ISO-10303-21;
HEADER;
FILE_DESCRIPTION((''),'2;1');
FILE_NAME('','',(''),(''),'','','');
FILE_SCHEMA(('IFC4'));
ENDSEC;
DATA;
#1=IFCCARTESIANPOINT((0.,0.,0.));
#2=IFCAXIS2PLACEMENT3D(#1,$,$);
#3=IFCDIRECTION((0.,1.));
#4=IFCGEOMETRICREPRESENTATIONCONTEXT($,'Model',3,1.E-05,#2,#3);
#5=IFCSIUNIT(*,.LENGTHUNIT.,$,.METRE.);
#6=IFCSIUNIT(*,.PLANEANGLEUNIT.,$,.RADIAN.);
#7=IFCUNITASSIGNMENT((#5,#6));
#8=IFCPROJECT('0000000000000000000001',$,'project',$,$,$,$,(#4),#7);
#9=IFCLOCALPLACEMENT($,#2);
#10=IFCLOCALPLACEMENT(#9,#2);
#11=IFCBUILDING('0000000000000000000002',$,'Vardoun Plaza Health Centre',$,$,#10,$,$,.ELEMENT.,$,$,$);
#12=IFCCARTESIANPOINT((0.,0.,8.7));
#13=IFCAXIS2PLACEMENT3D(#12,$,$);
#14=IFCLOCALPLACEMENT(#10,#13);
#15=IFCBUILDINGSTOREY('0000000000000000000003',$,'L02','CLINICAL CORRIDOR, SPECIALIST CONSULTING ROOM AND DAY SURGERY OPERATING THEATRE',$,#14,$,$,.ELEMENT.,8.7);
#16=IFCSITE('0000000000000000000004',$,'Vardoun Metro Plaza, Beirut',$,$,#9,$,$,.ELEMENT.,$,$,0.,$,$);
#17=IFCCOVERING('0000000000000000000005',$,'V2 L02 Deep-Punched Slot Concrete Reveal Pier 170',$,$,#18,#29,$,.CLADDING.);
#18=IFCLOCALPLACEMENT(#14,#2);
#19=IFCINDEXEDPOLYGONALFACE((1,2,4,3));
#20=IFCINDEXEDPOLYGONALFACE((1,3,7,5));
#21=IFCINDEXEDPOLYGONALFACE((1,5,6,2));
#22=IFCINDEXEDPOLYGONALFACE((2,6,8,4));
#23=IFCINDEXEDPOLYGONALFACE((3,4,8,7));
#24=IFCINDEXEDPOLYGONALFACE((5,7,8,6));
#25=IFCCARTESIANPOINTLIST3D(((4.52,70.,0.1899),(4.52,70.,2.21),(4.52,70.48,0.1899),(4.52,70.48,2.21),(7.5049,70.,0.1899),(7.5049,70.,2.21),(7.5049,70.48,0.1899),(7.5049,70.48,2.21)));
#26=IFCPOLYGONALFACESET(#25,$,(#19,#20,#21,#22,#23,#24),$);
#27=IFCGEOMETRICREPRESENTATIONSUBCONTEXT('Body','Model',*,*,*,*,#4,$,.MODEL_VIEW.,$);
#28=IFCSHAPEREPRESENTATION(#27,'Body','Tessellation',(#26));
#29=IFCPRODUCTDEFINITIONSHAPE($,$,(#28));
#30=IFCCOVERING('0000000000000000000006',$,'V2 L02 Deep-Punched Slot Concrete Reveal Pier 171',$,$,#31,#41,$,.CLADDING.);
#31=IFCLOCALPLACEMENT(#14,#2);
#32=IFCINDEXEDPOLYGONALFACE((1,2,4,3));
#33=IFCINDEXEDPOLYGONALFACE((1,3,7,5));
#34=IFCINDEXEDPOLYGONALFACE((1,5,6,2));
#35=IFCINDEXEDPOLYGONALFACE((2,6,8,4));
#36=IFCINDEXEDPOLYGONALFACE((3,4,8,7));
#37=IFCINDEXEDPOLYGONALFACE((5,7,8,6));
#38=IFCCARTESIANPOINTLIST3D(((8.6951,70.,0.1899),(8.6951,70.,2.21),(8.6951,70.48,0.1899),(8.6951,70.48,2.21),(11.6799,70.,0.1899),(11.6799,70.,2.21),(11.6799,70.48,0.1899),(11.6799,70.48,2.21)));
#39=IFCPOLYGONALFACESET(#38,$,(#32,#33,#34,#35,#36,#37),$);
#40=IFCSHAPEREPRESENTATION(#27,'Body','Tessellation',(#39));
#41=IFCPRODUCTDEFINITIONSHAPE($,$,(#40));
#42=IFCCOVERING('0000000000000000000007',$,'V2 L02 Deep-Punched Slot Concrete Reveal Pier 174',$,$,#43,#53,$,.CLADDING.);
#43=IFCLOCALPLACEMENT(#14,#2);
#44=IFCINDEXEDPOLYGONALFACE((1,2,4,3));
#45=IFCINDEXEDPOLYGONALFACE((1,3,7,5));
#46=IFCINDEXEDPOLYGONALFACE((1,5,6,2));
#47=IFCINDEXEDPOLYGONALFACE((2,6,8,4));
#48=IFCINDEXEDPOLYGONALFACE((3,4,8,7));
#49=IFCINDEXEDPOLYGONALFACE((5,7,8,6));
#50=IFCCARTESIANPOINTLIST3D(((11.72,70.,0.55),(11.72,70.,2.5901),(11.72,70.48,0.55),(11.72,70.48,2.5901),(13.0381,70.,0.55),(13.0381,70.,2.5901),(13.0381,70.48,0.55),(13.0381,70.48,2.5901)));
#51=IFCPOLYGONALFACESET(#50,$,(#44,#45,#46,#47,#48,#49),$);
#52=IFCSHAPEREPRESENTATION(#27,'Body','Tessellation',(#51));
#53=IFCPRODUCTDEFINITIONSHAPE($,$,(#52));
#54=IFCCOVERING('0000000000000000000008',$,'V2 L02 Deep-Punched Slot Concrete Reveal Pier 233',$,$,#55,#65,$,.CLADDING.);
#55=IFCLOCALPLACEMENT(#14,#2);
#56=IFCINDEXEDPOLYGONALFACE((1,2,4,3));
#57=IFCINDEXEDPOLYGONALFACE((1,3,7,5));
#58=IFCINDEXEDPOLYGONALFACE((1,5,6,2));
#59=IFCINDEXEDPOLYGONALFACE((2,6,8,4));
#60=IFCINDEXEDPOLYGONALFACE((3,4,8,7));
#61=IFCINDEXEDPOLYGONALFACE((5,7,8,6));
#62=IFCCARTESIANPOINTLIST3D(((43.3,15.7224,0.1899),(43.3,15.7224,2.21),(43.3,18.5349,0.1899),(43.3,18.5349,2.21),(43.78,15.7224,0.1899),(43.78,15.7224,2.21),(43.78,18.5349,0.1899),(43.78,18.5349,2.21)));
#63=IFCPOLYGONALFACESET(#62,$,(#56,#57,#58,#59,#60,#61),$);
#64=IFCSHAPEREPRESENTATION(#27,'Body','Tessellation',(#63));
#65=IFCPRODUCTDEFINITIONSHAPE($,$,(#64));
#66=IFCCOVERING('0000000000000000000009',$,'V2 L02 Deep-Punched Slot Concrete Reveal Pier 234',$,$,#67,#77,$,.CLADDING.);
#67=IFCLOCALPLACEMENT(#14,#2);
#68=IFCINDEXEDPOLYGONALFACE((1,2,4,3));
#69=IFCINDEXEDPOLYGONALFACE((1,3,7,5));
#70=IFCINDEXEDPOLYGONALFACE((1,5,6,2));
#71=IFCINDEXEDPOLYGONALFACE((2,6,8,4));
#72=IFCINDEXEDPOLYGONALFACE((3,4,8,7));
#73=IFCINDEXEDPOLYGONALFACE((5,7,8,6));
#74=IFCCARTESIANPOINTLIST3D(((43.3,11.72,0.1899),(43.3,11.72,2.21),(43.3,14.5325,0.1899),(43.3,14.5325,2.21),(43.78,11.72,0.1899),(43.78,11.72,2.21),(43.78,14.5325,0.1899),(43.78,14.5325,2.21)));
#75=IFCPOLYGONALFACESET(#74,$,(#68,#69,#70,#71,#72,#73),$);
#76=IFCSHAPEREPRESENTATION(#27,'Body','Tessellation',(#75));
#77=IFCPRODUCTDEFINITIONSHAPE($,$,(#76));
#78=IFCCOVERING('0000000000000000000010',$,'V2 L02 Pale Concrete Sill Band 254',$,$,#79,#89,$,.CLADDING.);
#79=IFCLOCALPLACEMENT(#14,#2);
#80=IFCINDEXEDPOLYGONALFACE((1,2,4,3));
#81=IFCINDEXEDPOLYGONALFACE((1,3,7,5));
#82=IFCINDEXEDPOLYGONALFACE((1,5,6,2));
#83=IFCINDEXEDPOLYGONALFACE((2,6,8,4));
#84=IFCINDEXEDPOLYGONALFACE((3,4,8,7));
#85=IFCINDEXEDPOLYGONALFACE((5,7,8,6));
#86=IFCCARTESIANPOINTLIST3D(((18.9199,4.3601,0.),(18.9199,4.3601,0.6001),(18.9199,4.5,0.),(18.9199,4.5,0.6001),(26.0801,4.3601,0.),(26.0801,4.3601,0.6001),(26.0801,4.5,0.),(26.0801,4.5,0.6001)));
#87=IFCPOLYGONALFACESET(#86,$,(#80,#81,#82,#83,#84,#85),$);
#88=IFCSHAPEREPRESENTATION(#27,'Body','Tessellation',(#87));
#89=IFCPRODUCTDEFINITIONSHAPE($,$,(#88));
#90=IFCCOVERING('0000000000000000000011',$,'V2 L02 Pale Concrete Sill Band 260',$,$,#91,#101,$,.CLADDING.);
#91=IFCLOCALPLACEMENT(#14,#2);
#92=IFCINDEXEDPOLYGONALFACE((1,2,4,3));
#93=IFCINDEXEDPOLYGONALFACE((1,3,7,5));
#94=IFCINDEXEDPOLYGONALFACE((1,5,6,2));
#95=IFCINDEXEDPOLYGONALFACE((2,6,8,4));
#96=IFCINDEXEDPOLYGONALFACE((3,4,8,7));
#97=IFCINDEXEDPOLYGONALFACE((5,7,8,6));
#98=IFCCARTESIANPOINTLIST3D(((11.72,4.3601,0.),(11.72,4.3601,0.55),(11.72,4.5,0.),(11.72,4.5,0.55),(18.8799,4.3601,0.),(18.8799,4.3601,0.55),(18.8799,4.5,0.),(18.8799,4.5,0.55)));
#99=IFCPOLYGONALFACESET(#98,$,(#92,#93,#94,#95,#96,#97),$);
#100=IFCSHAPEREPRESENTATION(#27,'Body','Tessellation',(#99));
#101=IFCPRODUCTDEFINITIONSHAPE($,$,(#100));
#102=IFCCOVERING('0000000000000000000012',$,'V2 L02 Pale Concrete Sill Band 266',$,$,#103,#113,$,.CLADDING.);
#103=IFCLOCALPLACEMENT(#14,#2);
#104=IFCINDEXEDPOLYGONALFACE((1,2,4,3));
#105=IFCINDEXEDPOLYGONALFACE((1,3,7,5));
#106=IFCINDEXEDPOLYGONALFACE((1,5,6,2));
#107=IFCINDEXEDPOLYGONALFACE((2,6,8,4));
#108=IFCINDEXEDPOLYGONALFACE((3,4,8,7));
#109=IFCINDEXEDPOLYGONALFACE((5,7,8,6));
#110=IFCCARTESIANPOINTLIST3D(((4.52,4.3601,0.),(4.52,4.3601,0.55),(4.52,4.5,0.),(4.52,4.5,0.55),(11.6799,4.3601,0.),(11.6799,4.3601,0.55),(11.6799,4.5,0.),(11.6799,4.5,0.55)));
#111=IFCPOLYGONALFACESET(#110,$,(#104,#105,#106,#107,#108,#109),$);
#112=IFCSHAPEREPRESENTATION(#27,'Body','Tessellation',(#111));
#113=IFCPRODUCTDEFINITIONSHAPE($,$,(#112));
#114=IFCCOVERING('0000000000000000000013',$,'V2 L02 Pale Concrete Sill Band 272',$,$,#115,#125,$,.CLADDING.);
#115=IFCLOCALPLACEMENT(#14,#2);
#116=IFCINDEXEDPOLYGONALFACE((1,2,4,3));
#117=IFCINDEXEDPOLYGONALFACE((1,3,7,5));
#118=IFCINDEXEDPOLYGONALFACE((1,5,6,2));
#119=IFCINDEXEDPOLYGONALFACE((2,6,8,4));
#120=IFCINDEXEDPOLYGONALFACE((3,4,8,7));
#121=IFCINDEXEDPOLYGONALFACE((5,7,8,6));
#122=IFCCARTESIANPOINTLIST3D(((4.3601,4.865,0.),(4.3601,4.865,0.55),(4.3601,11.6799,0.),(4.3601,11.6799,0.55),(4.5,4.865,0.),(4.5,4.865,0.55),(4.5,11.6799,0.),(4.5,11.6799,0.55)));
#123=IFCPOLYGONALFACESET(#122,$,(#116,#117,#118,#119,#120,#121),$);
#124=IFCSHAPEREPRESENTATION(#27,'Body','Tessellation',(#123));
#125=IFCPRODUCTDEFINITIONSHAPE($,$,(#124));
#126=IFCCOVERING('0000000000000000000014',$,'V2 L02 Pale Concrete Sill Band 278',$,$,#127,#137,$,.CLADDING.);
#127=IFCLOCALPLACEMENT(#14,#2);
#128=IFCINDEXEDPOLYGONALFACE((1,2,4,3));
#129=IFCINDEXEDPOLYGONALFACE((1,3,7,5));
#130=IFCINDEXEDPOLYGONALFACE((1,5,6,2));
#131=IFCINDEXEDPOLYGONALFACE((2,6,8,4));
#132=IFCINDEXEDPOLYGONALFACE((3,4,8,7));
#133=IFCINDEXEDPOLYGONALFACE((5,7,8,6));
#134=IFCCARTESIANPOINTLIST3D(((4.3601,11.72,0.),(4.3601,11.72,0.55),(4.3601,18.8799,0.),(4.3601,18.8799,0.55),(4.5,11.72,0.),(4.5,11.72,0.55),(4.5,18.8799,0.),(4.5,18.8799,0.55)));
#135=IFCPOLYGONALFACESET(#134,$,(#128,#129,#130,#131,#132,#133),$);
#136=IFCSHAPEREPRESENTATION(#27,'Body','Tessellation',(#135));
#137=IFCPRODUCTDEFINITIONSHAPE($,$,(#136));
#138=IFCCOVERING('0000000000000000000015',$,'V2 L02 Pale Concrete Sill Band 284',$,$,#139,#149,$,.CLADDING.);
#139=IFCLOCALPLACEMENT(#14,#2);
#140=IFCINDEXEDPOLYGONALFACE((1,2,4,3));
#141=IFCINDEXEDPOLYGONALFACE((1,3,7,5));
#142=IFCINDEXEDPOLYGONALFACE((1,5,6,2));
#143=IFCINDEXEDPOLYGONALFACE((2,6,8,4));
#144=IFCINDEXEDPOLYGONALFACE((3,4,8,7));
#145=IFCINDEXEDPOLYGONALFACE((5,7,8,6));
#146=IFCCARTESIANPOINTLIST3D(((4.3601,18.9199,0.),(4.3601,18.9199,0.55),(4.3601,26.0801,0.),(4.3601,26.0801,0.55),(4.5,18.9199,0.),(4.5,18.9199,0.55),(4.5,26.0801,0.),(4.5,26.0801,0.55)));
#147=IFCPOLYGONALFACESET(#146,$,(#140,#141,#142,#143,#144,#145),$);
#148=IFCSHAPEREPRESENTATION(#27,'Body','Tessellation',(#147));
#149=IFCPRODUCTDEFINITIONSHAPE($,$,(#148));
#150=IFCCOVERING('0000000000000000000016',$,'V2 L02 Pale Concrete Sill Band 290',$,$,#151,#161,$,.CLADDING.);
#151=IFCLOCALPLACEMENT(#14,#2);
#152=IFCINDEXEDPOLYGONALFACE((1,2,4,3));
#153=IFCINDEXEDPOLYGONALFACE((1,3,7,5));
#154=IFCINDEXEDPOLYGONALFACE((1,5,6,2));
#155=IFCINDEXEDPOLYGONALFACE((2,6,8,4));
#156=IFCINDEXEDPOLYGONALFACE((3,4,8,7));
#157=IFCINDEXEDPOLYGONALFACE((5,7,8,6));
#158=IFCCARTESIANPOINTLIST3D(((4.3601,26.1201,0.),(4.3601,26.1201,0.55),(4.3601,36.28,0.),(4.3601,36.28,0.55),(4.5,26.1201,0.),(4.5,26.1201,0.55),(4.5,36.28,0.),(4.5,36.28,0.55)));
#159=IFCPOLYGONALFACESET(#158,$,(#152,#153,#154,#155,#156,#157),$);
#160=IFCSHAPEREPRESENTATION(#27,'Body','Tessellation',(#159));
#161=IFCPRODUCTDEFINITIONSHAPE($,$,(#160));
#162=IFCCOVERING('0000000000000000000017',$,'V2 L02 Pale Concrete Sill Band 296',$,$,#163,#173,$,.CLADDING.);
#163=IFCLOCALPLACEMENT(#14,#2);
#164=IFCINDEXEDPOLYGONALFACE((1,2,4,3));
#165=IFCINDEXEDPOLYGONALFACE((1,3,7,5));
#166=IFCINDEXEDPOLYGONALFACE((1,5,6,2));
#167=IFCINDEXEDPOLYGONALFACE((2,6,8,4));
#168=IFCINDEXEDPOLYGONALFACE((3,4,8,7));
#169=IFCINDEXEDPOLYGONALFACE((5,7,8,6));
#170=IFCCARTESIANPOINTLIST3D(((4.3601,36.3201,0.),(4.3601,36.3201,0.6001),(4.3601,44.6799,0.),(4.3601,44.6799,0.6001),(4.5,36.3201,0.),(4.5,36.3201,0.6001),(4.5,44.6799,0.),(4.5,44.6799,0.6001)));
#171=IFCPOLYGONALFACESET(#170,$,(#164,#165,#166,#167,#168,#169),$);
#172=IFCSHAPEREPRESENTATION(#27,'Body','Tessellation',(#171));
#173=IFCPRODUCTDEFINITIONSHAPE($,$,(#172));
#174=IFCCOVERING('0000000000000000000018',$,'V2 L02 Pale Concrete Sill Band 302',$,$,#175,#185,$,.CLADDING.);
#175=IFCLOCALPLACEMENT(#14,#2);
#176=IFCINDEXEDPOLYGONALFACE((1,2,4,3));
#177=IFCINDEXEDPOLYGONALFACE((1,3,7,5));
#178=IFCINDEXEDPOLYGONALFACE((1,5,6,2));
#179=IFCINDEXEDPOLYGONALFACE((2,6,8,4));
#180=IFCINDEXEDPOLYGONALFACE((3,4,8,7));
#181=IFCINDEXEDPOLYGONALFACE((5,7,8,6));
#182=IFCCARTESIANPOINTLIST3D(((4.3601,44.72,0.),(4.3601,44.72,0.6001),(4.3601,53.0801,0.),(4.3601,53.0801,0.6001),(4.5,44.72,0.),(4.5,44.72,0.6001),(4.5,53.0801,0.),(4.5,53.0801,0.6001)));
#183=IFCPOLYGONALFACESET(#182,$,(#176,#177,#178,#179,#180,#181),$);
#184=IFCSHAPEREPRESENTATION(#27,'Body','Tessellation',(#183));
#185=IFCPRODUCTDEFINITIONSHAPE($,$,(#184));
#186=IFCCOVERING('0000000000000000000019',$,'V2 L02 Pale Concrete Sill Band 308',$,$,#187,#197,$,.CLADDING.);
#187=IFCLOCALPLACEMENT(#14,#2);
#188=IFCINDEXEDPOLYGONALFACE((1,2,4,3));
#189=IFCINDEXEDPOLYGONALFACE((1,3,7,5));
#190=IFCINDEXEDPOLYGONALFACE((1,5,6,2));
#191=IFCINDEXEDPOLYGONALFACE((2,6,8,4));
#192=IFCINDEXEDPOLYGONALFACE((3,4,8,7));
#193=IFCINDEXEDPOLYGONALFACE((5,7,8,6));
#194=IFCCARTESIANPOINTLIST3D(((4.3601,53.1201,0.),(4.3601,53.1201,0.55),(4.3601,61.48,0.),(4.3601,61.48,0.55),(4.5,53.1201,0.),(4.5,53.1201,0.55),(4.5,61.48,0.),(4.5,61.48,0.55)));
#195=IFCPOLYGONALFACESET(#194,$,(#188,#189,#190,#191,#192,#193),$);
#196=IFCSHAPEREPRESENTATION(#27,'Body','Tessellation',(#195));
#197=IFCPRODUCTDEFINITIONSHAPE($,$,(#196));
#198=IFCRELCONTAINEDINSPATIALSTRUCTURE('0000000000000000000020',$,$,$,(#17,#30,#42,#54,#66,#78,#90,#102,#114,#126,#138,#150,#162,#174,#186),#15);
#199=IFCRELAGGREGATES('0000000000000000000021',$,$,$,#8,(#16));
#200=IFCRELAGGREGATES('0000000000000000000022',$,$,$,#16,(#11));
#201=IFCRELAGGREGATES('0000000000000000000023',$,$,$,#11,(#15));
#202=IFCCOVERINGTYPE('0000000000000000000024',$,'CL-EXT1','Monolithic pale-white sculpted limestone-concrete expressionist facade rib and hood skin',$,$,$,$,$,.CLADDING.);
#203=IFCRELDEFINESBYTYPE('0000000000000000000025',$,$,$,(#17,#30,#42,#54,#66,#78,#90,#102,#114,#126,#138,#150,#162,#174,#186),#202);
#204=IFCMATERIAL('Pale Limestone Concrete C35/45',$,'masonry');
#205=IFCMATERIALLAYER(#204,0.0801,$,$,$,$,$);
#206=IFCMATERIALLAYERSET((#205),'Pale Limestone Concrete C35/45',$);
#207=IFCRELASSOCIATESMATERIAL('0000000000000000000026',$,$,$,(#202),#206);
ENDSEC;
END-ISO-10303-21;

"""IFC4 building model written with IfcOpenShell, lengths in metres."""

from ifc_helpers import new_model, si_unit, direction, frame, origin, place, context, subcontext, project, spatial, polyline, outline, extrude, material, layer, layer_set, type_object, element, save


model = new_model("IFC4")

# Units and contexts
model_context = context("Model", 3, precision=1e-05, world=origin(), true_north=direction((0.0, 1.0)))
body_context = subcontext(model_context, "Body", "Model", "MODEL_VIEW")
ifc_project = project(units=[si_unit("LENGTHUNIT", "METRE"), si_unit("PLANEANGLEUNIT", "RADIAN")], contexts=[model_context])

# Site, building, storey
site_placement = place(None, origin())
site = spatial("IfcSite", under=ifc_project, at=site_placement, Name="Vardoun Metro Plaza, Beirut", CompositionType="ELEMENT", RefElevation=0.0)
building_placement = place(site_placement, origin())
building = spatial("IfcBuilding", under=site, at=building_placement, Name="Vardoun Plaza Health Centre", CompositionType="ELEMENT")
storey_placement = place(building_placement, frame((0.0, 0.0, 8.7)))
storey = spatial("IfcBuildingStorey", under=building, at=storey_placement, Name="L02", Description="CLINICAL CORRIDOR, SPECIALIST CONSULTING ROOM AND DAY SURGERY OPERATING THEATRE", CompositionType="ELEMENT", Elevation=8.7)

# Coverings
ifc_material_1 = material(Name="Pale Limestone Concrete C35/45", Category="masonry")
ifc_layer_1 = layer(ifc_material_1, 0.0801)
ifc_layer_set_1 = layer_set([ifc_layer_1], Name="Pale Limestone Concrete C35/45")
covering_type_1 = type_object("IfcCoveringType", Name="CL-EXT1", Description="Monolithic pale-white sculpted limestone-concrete expressionist facade rib and hood skin", PredefinedType="CLADDING", material=ifc_layer_set_1)
covering_1_placement = place(storey_placement, frame((0.0, 0.0, 0.1899)))
element("IfcCovering", 1, at=covering_1_placement, inside=storey, type_object=covering_type_1, Name="V2 L02 Deep-Punched Slot Concrete Reveal Pier 170", PredefinedType="CLADDING", context=body_context, shape_type="SweptSolid", body=[
    extrude(outline(polyline([(4.52, 70.0), (7.5049, 70.0), (7.5049, 70.48), (4.52, 70.48), (4.52, 70.0)])), origin(), (0.0, 0.0, 1.0), 2.02),
])
covering_2_placement = place(storey_placement, frame((0.0, 0.0, 0.1899)))
element("IfcCovering", 2, at=covering_2_placement, inside=storey, type_object=covering_type_1, Name="V2 L02 Deep-Punched Slot Concrete Reveal Pier 171", PredefinedType="CLADDING", context=body_context, shape_type="SweptSolid", body=[
    extrude(outline(polyline([(8.6951, 70.0), (11.6799, 70.0), (11.6799, 70.48), (8.6951, 70.48), (8.6951, 70.0)])), origin(), (0.0, 0.0, 1.0), 2.02),
])
covering_3_placement = place(storey_placement, frame((0.0, 0.0, 0.55)))
element("IfcCovering", 3, at=covering_3_placement, inside=storey, type_object=covering_type_1, Name="V2 L02 Deep-Punched Slot Concrete Reveal Pier 174", PredefinedType="CLADDING", context=body_context, shape_type="SweptSolid", body=[
    extrude(outline(polyline([(11.72, 70.0), (13.0381, 70.0), (13.0381, 70.48), (11.72, 70.48), (11.72, 70.0)])), origin(), (0.0, 0.0, 1.0), 2.04),
])
covering_4_placement = place(storey_placement, frame((0.0, 0.0, 0.1899)))
element("IfcCovering", 4, at=covering_4_placement, inside=storey, type_object=covering_type_1, Name="V2 L02 Deep-Punched Slot Concrete Reveal Pier 233", PredefinedType="CLADDING", context=body_context, shape_type="SweptSolid", body=[
    extrude(outline(polyline([(43.3, 18.5349), (43.3, 15.7224), (43.78, 15.7224), (43.78, 18.5349), (43.3, 18.5349)])), origin(), (0.0, 0.0, 1.0), 2.02),
])
covering_5_placement = place(storey_placement, frame((0.0, 0.0, 0.1899)))
element("IfcCovering", 5, at=covering_5_placement, inside=storey, type_object=covering_type_1, Name="V2 L02 Deep-Punched Slot Concrete Reveal Pier 234", PredefinedType="CLADDING", context=body_context, shape_type="SweptSolid", body=[
    extrude(outline(polyline([(43.3, 14.5325), (43.3, 11.72), (43.78, 11.72), (43.78, 14.5325), (43.3, 14.5325)])), origin(), (0.0, 0.0, 1.0), 2.02),
])
covering_6_placement = place(storey_placement, origin())
element("IfcCovering", 6, at=covering_6_placement, inside=storey, type_object=covering_type_1, Name="V2 L02 Pale Concrete Sill Band 254", PredefinedType="CLADDING", context=body_context, shape_type="SweptSolid", body=[
    extrude(outline(polyline([(26.0801, 4.5), (18.9199, 4.5), (18.9199, 4.3601), (26.0801, 4.3601), (26.0801, 4.5)])), origin(), (0.0, 0.0, 1.0), 0.6001),
])
covering_7_placement = place(storey_placement, origin())
element("IfcCovering", 7, at=covering_7_placement, inside=storey, type_object=covering_type_1, Name="V2 L02 Pale Concrete Sill Band 260", PredefinedType="CLADDING", context=body_context, shape_type="SweptSolid", body=[
    extrude(outline(polyline([(18.8799, 4.5), (11.72, 4.5), (11.72, 4.3601), (18.8799, 4.3601), (18.8799, 4.5)])), origin(), (0.0, 0.0, 1.0), 0.55),
])
covering_8_placement = place(storey_placement, origin())
element("IfcCovering", 8, at=covering_8_placement, inside=storey, type_object=covering_type_1, Name="V2 L02 Pale Concrete Sill Band 266", PredefinedType="CLADDING", context=body_context, shape_type="SweptSolid", body=[
    extrude(outline(polyline([(11.6799, 4.5), (4.52, 4.5), (4.52, 4.3601), (11.6799, 4.3601), (11.6799, 4.5)])), origin(), (0.0, 0.0, 1.0), 0.55),
])
covering_9_placement = place(storey_placement, origin())
element("IfcCovering", 9, at=covering_9_placement, inside=storey, type_object=covering_type_1, Name="V2 L02 Pale Concrete Sill Band 272", PredefinedType="CLADDING", context=body_context, shape_type="SweptSolid", body=[
    extrude(outline(polyline([(4.5, 4.865), (4.5, 11.6799), (4.3601, 11.6799), (4.3601, 4.865), (4.5, 4.865)])), origin(), (0.0, 0.0, 1.0), 0.55),
])
covering_10_placement = place(storey_placement, origin())
element("IfcCovering", 10, at=covering_10_placement, inside=storey, type_object=covering_type_1, Name="V2 L02 Pale Concrete Sill Band 278", PredefinedType="CLADDING", context=body_context, shape_type="SweptSolid", body=[
    extrude(outline(polyline([(4.5, 11.72), (4.5, 18.8799), (4.3601, 18.8799), (4.3601, 11.72), (4.5, 11.72)])), origin(), (0.0, 0.0, 1.0), 0.55),
])
covering_11_placement = place(storey_placement, origin())
element("IfcCovering", 11, at=covering_11_placement, inside=storey, type_object=covering_type_1, Name="V2 L02 Pale Concrete Sill Band 284", PredefinedType="CLADDING", context=body_context, shape_type="SweptSolid", body=[
    extrude(outline(polyline([(4.5, 18.9199), (4.5, 26.0801), (4.3601, 26.0801), (4.3601, 18.9199), (4.5, 18.9199)])), origin(), (0.0, 0.0, 1.0), 0.55),
])
covering_12_placement = place(storey_placement, origin())
element("IfcCovering", 12, at=covering_12_placement, inside=storey, type_object=covering_type_1, Name="V2 L02 Pale Concrete Sill Band 290", PredefinedType="CLADDING", context=body_context, shape_type="SweptSolid", body=[
    extrude(outline(polyline([(4.5, 26.1201), (4.5, 36.28), (4.3601, 36.28), (4.3601, 26.1201), (4.5, 26.1201)])), origin(), (0.0, 0.0, 1.0), 0.55),
])
covering_13_placement = place(storey_placement, origin())
element("IfcCovering", 13, at=covering_13_placement, inside=storey, type_object=covering_type_1, Name="V2 L02 Pale Concrete Sill Band 296", PredefinedType="CLADDING", context=body_context, shape_type="SweptSolid", body=[
    extrude(outline(polyline([(4.5, 36.3201), (4.5, 44.6799), (4.3601, 44.6799), (4.3601, 36.3201), (4.5, 36.3201)])), origin(), (0.0, 0.0, 1.0), 0.6001),
])
covering_14_placement = place(storey_placement, origin())
element("IfcCovering", 14, at=covering_14_placement, inside=storey, type_object=covering_type_1, Name="V2 L02 Pale Concrete Sill Band 302", PredefinedType="CLADDING", context=body_context, shape_type="SweptSolid", body=[
    extrude(outline(polyline([(4.5, 44.72), (4.5, 53.0801), (4.3601, 53.0801), (4.3601, 44.72), (4.5, 44.72)])), origin(), (0.0, 0.0, 1.0), 0.6001),
])
covering_15_placement = place(storey_placement, origin())
element("IfcCovering", 15, at=covering_15_placement, inside=storey, type_object=covering_type_1, Name="V2 L02 Pale Concrete Sill Band 308", PredefinedType="CLADDING", context=body_context, shape_type="SweptSolid", body=[
    extrude(outline(polyline([(4.5, 53.1201), (4.5, 61.48), (4.3601, 61.48), (4.3601, 53.1201), (4.5, 53.1201)])), origin(), (0.0, 0.0, 1.0), 0.55),
])

save(model, "model.ifc")
